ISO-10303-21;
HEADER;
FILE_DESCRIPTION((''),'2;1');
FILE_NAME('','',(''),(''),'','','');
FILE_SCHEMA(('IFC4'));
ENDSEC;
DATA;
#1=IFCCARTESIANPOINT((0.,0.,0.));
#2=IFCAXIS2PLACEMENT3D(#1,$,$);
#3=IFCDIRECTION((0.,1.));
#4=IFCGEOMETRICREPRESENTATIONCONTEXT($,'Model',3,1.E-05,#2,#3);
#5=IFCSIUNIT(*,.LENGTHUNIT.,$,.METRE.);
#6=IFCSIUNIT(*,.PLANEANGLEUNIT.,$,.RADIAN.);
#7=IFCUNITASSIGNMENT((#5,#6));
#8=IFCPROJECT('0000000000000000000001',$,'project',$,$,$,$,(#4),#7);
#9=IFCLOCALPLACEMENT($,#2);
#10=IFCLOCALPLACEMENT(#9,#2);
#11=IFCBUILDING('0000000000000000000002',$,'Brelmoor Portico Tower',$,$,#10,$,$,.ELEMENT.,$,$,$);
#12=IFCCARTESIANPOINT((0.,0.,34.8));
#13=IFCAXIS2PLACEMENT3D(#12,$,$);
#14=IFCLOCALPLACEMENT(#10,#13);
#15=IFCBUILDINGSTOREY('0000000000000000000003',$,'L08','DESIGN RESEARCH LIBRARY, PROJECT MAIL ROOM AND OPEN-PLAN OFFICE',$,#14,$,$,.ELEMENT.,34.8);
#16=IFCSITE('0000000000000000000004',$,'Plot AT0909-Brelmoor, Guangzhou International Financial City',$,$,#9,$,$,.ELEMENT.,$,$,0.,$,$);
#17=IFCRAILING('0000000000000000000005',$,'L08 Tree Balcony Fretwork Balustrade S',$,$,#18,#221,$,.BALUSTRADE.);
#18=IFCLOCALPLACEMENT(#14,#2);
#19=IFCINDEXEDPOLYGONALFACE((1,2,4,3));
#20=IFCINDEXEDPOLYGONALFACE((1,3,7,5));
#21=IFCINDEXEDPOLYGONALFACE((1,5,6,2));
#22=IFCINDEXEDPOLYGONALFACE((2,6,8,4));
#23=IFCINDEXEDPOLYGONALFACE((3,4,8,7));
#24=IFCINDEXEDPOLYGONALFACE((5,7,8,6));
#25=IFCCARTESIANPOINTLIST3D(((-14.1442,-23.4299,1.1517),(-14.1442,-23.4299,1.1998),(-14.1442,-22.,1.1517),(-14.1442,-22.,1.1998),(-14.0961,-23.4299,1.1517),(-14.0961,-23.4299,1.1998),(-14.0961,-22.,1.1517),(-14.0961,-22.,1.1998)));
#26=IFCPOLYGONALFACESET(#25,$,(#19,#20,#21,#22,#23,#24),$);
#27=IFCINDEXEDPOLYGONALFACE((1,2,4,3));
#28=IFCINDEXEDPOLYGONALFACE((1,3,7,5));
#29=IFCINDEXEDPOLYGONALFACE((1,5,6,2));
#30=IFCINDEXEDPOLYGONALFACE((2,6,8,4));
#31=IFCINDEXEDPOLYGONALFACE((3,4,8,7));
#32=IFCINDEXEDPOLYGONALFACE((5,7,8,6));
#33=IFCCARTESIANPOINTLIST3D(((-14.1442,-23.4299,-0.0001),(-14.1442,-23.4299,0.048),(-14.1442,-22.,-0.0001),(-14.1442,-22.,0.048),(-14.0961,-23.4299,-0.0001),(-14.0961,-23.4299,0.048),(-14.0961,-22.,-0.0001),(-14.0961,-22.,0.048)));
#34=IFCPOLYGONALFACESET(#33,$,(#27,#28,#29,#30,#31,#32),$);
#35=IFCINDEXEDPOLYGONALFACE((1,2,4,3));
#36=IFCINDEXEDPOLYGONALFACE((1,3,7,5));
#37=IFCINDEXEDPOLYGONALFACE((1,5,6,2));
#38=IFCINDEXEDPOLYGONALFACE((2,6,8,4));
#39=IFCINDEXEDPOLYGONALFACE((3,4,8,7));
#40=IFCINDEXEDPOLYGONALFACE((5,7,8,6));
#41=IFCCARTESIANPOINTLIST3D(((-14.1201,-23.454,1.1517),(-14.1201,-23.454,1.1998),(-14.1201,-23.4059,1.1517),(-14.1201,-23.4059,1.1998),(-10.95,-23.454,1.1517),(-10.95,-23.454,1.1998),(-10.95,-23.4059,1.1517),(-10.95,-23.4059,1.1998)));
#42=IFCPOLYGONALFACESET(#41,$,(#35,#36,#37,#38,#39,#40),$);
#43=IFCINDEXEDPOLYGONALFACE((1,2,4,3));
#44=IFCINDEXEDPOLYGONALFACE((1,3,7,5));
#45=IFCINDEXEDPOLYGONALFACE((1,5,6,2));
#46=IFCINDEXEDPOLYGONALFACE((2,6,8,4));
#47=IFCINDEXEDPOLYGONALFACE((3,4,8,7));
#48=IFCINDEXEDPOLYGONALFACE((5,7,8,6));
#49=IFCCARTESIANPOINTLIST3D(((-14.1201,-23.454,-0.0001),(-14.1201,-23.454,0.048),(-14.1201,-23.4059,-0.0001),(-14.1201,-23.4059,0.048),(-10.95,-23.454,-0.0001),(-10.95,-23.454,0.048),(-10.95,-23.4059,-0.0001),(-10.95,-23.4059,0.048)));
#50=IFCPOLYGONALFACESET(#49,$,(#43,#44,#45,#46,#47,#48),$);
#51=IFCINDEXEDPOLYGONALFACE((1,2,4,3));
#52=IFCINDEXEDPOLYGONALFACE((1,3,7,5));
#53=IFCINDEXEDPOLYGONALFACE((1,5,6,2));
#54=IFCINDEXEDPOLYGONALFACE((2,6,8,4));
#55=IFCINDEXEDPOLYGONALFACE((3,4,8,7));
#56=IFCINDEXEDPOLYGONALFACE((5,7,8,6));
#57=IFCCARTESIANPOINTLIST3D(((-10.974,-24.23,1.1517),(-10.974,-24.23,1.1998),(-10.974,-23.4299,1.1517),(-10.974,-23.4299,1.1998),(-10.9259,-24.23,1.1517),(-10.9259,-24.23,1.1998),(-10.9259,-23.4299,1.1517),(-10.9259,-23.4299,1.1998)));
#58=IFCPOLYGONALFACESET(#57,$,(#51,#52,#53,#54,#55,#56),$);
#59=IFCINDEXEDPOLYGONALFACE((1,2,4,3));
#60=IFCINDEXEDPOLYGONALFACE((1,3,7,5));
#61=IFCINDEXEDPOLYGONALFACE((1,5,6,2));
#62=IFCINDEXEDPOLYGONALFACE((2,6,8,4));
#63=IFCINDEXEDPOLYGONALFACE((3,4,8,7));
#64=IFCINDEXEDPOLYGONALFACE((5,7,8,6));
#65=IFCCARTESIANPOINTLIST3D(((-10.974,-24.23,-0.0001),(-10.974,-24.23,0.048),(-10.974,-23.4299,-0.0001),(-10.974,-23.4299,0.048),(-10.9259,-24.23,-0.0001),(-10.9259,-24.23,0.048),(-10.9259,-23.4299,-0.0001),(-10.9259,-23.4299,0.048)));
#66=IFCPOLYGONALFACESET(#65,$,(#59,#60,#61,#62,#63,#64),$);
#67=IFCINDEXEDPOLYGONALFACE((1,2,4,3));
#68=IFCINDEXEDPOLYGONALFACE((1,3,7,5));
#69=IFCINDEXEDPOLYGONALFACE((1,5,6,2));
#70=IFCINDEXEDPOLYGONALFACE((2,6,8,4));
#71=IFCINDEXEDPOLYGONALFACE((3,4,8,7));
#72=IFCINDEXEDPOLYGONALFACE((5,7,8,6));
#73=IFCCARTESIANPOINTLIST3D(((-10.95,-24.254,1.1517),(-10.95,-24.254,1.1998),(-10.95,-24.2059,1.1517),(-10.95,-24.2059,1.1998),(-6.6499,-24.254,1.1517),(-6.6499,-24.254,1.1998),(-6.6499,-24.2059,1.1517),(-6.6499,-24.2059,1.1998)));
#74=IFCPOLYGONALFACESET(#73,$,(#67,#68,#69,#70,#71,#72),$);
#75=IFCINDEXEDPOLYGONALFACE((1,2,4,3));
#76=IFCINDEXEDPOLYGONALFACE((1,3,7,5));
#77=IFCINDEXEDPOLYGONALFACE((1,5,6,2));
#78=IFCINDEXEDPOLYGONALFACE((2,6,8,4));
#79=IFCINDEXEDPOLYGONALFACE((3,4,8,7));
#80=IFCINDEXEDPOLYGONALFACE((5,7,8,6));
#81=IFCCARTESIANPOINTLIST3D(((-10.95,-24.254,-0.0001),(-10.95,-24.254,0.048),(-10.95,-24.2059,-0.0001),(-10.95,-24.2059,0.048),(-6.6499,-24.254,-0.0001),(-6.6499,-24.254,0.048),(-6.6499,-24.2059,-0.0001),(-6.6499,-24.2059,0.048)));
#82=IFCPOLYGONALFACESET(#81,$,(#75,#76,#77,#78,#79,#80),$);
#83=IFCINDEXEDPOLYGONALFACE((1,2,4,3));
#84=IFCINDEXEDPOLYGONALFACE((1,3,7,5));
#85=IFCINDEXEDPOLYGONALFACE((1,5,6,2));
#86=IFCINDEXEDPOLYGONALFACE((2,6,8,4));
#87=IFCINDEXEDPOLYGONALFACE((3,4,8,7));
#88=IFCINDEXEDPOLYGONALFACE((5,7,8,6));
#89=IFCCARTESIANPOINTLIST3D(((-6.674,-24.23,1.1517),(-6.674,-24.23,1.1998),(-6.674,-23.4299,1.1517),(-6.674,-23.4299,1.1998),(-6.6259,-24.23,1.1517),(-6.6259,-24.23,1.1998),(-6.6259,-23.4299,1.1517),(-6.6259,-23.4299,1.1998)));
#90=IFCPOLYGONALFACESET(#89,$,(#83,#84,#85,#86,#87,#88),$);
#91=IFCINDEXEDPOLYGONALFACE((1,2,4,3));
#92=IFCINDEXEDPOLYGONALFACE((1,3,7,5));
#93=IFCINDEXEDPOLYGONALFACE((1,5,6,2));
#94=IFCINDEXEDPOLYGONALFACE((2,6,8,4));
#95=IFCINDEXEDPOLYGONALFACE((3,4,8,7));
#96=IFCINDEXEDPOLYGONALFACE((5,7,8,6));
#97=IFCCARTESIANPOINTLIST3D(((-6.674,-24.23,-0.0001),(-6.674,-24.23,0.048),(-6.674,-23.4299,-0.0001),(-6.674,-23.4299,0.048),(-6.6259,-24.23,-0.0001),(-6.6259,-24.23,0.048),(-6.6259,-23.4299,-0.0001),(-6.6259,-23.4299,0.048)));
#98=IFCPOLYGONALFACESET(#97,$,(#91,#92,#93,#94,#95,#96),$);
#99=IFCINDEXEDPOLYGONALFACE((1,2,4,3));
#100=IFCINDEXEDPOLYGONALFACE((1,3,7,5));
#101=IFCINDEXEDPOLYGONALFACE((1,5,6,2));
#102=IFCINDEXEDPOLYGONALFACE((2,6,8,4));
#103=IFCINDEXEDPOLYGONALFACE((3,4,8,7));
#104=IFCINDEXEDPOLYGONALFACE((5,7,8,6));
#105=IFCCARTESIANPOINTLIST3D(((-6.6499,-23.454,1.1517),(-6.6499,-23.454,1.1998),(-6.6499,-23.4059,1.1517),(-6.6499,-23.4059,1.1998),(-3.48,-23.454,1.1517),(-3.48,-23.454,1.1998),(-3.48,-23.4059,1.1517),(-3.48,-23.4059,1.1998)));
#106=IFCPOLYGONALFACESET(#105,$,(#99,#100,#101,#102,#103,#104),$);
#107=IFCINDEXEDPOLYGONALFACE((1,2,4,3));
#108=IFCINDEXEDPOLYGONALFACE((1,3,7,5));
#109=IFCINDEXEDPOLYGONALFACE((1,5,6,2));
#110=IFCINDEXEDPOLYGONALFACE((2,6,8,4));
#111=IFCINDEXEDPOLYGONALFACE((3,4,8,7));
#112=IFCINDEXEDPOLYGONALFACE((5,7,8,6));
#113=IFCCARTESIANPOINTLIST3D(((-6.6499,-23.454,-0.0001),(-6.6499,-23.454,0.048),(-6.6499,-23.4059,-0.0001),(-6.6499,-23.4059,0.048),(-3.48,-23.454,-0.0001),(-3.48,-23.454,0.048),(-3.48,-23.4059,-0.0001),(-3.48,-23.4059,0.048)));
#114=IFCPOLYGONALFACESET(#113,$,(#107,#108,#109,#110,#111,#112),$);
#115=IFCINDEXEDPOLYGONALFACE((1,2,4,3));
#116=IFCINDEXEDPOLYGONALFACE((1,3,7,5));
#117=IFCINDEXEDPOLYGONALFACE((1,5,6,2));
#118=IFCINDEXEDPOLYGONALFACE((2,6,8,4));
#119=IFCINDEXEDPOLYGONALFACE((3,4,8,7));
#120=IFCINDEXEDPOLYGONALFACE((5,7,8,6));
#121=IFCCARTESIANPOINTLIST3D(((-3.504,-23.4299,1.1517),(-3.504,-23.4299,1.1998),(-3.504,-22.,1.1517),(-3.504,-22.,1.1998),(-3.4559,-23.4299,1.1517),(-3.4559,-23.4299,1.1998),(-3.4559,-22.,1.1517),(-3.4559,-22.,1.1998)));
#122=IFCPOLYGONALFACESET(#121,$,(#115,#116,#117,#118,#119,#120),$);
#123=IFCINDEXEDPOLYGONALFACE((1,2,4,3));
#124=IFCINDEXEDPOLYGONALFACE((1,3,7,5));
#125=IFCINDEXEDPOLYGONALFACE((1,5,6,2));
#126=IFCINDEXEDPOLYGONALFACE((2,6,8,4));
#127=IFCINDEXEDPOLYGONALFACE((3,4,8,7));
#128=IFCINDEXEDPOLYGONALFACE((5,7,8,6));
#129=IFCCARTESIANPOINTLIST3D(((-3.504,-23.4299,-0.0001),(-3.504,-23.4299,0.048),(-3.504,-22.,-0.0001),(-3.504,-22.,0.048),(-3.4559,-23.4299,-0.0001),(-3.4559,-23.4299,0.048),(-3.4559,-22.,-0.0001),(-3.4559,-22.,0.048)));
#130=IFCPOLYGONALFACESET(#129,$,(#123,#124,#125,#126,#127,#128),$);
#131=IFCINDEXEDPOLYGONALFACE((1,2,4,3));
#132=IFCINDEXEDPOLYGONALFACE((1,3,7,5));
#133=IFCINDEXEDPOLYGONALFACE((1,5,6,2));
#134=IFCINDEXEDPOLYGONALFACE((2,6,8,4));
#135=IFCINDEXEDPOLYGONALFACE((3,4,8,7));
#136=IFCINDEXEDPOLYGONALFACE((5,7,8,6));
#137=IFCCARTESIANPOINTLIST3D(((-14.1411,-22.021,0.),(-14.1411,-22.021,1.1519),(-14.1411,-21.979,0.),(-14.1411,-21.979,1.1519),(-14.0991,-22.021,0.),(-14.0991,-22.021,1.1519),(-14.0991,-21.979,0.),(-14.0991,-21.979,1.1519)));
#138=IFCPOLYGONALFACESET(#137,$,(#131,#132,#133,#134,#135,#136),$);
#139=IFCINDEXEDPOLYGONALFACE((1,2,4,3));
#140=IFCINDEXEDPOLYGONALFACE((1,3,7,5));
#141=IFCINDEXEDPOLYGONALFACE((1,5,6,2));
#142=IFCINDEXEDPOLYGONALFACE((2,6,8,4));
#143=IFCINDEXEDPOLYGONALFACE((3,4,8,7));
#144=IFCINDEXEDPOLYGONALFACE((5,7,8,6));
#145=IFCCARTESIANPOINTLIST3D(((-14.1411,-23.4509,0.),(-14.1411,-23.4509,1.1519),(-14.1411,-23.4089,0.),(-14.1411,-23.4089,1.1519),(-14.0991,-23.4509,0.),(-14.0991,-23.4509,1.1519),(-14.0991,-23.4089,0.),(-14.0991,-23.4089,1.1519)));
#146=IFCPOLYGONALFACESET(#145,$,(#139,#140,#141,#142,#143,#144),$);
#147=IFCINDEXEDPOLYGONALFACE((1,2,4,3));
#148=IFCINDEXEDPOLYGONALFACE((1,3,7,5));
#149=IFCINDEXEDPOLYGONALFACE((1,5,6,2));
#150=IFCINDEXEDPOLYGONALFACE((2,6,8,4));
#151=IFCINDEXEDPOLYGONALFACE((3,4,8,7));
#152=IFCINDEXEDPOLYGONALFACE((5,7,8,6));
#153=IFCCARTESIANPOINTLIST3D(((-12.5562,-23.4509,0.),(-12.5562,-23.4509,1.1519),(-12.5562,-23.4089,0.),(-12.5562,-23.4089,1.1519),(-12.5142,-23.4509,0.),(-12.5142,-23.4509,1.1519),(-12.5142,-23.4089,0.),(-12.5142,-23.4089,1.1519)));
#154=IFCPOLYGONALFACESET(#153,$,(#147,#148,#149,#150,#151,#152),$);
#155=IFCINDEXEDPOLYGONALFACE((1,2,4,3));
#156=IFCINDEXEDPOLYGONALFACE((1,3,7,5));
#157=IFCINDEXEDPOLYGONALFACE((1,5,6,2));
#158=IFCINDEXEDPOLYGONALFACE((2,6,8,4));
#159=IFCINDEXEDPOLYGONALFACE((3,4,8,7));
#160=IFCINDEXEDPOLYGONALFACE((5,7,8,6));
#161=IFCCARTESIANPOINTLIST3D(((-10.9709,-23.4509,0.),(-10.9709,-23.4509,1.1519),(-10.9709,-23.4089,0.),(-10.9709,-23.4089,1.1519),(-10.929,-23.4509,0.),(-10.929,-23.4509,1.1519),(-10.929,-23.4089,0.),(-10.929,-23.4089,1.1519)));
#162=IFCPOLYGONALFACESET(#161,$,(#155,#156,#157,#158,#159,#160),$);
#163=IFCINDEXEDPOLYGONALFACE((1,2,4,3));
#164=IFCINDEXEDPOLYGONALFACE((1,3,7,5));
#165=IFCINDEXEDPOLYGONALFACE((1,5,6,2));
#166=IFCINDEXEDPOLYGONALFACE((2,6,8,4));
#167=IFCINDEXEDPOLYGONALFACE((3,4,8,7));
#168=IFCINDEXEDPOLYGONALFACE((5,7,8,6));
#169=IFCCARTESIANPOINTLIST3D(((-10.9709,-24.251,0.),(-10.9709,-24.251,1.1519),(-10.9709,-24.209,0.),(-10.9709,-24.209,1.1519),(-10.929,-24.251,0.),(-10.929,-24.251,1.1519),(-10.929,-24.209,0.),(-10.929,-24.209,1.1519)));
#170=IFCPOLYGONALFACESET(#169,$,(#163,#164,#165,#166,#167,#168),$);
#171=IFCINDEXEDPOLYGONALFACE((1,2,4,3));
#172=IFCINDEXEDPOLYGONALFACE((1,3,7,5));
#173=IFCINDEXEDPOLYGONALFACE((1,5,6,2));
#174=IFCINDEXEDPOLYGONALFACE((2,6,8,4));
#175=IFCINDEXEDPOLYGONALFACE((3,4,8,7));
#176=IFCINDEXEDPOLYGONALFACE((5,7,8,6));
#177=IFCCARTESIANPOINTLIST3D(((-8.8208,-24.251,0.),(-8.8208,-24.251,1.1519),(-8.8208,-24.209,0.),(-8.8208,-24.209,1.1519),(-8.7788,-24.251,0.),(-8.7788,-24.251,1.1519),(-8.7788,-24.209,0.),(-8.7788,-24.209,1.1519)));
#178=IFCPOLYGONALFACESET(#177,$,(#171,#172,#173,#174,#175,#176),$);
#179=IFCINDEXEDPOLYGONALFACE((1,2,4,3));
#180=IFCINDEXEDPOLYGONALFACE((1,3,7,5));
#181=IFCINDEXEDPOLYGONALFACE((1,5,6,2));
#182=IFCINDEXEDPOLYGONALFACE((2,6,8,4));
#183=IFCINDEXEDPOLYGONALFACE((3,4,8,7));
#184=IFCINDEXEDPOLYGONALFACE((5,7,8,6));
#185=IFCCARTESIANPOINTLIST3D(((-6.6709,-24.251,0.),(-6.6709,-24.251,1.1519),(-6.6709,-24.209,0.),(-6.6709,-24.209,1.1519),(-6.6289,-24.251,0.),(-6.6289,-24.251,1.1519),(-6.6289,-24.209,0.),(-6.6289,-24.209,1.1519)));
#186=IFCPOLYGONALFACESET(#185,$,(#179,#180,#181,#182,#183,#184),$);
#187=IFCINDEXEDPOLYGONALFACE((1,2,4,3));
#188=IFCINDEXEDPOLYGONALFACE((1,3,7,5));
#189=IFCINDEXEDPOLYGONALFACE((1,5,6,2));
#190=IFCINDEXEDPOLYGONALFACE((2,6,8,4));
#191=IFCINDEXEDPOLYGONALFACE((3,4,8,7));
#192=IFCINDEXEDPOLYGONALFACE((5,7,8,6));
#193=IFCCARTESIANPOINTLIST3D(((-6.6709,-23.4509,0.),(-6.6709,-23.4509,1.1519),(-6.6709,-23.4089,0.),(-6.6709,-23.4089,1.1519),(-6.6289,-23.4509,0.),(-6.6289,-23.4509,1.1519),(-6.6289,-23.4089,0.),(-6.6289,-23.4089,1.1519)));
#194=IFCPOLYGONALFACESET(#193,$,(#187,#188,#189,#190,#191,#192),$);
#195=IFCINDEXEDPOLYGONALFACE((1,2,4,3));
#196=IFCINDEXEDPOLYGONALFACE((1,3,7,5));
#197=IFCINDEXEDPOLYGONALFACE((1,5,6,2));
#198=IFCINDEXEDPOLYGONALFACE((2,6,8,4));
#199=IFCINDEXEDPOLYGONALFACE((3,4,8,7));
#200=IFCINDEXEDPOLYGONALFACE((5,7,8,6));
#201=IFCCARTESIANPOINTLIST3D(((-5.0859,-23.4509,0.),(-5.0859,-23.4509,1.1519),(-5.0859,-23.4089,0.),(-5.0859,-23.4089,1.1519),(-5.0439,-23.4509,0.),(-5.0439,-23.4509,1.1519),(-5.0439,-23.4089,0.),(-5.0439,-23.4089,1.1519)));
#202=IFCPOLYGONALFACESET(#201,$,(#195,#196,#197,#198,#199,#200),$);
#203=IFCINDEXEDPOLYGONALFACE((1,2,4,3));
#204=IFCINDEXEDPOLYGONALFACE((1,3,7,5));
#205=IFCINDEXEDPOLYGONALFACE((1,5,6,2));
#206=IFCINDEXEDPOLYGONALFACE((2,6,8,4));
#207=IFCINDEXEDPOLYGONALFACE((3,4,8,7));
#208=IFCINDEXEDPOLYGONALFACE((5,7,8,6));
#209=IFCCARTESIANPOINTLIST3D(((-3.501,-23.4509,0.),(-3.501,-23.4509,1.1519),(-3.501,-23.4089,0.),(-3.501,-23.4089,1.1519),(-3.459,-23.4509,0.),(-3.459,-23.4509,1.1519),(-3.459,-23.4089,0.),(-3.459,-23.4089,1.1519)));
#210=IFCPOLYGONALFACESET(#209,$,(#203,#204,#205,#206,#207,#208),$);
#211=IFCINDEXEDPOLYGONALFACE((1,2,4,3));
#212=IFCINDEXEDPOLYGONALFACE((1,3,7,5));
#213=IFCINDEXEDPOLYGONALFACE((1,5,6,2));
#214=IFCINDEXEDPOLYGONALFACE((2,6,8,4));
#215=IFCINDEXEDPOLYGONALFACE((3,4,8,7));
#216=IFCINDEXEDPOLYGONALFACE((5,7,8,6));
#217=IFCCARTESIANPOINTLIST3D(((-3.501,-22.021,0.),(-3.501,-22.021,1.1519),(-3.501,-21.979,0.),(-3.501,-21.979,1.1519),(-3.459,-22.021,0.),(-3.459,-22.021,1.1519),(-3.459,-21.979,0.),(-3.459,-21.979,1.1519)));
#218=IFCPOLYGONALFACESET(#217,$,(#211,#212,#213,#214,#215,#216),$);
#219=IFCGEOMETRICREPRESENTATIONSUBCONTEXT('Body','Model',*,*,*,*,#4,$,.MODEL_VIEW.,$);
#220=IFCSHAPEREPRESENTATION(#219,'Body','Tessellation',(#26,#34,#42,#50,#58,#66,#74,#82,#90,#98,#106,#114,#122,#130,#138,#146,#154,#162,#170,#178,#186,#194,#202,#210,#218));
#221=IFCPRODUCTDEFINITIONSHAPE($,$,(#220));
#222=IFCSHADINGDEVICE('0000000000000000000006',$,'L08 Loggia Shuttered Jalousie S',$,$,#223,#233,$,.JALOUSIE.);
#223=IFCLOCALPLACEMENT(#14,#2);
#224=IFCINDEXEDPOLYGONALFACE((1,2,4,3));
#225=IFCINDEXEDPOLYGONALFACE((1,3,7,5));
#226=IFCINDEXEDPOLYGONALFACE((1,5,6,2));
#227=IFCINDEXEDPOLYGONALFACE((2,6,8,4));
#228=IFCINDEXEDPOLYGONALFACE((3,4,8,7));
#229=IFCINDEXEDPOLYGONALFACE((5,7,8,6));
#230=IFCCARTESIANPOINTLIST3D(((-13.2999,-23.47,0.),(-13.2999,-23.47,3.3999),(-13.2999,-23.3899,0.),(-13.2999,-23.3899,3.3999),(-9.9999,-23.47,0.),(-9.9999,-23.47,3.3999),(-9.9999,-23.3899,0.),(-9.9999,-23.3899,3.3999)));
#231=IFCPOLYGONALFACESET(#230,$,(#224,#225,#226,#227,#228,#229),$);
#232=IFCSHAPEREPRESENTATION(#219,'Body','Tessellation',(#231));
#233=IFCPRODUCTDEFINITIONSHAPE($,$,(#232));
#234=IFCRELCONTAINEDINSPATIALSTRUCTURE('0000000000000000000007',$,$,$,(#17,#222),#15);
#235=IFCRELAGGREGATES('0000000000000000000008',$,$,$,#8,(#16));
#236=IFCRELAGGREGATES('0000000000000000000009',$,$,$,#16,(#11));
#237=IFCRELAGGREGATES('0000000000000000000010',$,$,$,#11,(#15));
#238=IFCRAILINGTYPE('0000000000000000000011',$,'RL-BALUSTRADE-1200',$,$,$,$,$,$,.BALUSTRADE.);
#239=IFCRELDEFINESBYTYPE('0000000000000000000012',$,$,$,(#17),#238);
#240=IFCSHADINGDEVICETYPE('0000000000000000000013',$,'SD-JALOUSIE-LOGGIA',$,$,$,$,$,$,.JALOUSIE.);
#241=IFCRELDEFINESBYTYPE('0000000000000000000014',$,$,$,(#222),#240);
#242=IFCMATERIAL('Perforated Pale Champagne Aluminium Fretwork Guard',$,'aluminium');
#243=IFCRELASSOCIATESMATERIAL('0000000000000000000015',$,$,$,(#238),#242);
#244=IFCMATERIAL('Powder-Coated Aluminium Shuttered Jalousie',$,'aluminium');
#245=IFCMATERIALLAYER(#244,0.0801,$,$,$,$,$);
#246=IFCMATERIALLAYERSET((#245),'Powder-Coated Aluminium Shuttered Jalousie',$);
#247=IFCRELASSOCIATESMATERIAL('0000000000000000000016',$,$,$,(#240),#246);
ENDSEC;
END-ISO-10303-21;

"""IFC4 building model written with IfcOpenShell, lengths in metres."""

from ifc_helpers import new_model, si_unit, direction, frame, origin, origin_2d, place, context, subcontext, project, spatial, rectangle, extrude, material, layer, layer_set, type_object, element, save


model = new_model("IFC4")

# Units and contexts
model_context = context("Model", 3, precision=1e-05, world=origin(), true_north=direction((0.0, 1.0)))
body_context = subcontext(model_context, "Body", "Model", "MODEL_VIEW")
ifc_project = project(units=[si_unit("LENGTHUNIT", "METRE"), si_unit("PLANEANGLEUNIT", "RADIAN")], contexts=[model_context])

# Site, building, storey
site_placement = place(None, origin())
site = spatial("IfcSite", under=ifc_project, at=site_placement, Name="Plot AT0909-Brelmoor, Guangzhou International Financial City", CompositionType="ELEMENT", RefElevation=0.0)
building_placement = place(site_placement, origin())
building = spatial("IfcBuilding", under=site, at=building_placement, Name="Brelmoor Portico Tower", CompositionType="ELEMENT")
storey_placement = place(building_placement, frame((0.0, 0.0, 34.8)))
storey = spatial("IfcBuildingStorey", under=building, at=storey_placement, Name="L08", Description="DESIGN RESEARCH LIBRARY, PROJECT MAIL ROOM AND OPEN-PLAN OFFICE", CompositionType="ELEMENT", Elevation=34.8)

# Railing
ifc_material_1 = material(Name="Perforated Pale Champagne Aluminium Fretwork Guard", Category="aluminium")
railing_type = type_object("IfcRailingType", Name="RL-BALUSTRADE-1200", PredefinedType="BALUSTRADE", material=ifc_material_1)
railing_placement = place(storey_placement, frame((-14.1201, -22.0, 0.0)))
element("IfcRailing", 1, at=railing_placement, inside=storey, type_object=railing_type, Name="L08 Tree Balcony Fretwork Balustrade S", PredefinedType="BALUSTRADE", context=body_context, shape_type="SweptSolid", body=[
    extrude(rectangle(XDim=0.0481, YDim=0.0481, at=origin_2d()), frame((0.0, 0.0, 1.1758), z_axis=(0.0, -1.0, 0.0), x_axis=(1.0, 0.0, 0.0)), (0.0, 0.0, 1.0), 1.4299),
    extrude(rectangle(XDim=0.0481, YDim=0.0481, at=origin_2d()), frame((0.0, 0.0, 0.0239), z_axis=(0.0, -1.0, 0.0), x_axis=(1.0, 0.0, 0.0)), (0.0, 0.0, 1.0), 1.4299),
    extrude(rectangle(XDim=0.0481, YDim=0.0481, at=origin_2d()), frame((0.0, -1.4299, 1.1758), z_axis=(1.0, 0.0, 0.0), x_axis=(0.0, 1.0, 0.0)), (0.0, 0.0, 1.0), 3.1702),
    extrude(rectangle(XDim=0.0481, YDim=0.0481, at=origin_2d()), frame((0.0, -1.4299, 0.0239), z_axis=(1.0, 0.0, 0.0), x_axis=(0.0, 1.0, 0.0)), (0.0, 0.0, 1.0), 3.1702),
    extrude(rectangle(XDim=0.0481, YDim=0.0481, at=origin_2d()), frame((3.1702, -1.4299, 1.1758), z_axis=(0.0, -1.0, 0.0), x_axis=(1.0, 0.0, 0.0)), (0.0, 0.0, 1.0), 0.8),
    extrude(rectangle(XDim=0.0481, YDim=0.0481, at=origin_2d()), frame((3.1702, -1.4299, 0.0239), z_axis=(0.0, -1.0, 0.0), x_axis=(1.0, 0.0, 0.0)), (0.0, 0.0, 1.0), 0.8),
    extrude(rectangle(XDim=0.0481, YDim=0.0481, at=origin_2d()), frame((3.1702, -2.23, 1.1758), z_axis=(1.0, 0.0, 0.0), x_axis=(0.0, 1.0, 0.0)), (0.0, 0.0, 1.0), 4.3),
    extrude(rectangle(XDim=0.0481, YDim=0.0481, at=origin_2d()), frame((3.1702, -2.23, 0.0239), z_axis=(1.0, 0.0, 0.0), x_axis=(0.0, 1.0, 0.0)), (0.0, 0.0, 1.0), 4.3),
    extrude(rectangle(XDim=0.0481, YDim=0.0481, at=origin_2d()), frame((7.4702, -2.23, 1.1758), z_axis=(0.0, 1.0, 0.0), x_axis=(-1.0, 0.0, 0.0)), (0.0, 0.0, 1.0), 0.8),
    extrude(rectangle(XDim=0.0481, YDim=0.0481, at=origin_2d()), frame((7.4702, -2.23, 0.0239), z_axis=(0.0, 1.0, 0.0), x_axis=(-1.0, 0.0, 0.0)), (0.0, 0.0, 1.0), 0.8),
    extrude(rectangle(XDim=0.0481, YDim=0.0481, at=origin_2d()), frame((7.4702, -1.4299, 1.1758), z_axis=(1.0, 0.0, 0.0), x_axis=(0.0, 1.0, 0.0)), (0.0, 0.0, 1.0), 3.1699),
    extrude(rectangle(XDim=0.0481, YDim=0.0481, at=origin_2d()), frame((7.4702, -1.4299, 0.0239), z_axis=(1.0, 0.0, 0.0), x_axis=(0.0, 1.0, 0.0)), (0.0, 0.0, 1.0), 3.1699),
    extrude(rectangle(XDim=0.0481, YDim=0.0481, at=origin_2d()), frame((10.6401, -1.4299, 1.1758), z_axis=(0.0, 1.0, 0.0), x_axis=(-1.0, 0.0, 0.0)), (0.0, 0.0, 1.0), 1.4299),
    extrude(rectangle(XDim=0.0481, YDim=0.0481, at=origin_2d()), frame((10.6401, -1.4299, 0.0239), z_axis=(0.0, 1.0, 0.0), x_axis=(-1.0, 0.0, 0.0)), (0.0, 0.0, 1.0), 1.4299),
    extrude(rectangle(XDim=0.042, YDim=0.042, at=origin_2d()), origin(), (0.0, 0.0, 1.0), 1.1519),
    extrude(rectangle(XDim=0.042, YDim=0.042, at=origin_2d()), frame((0.0, -1.4299, 0.0)), (0.0, 0.0, 1.0), 1.1519),
    extrude(rectangle(XDim=0.042, YDim=0.042, at=origin_2d()), frame((1.585, -1.4299, 0.0)), (0.0, 0.0, 1.0), 1.1519),
    extrude(rectangle(XDim=0.042, YDim=0.042, at=origin_2d()), frame((3.1702, -1.4299, 0.0)), (0.0, 0.0, 1.0), 1.1519),
    extrude(rectangle(XDim=0.042, YDim=0.042, at=origin_2d()), frame((3.1702, -2.23, 0.0)), (0.0, 0.0, 1.0), 1.1519),
    extrude(rectangle(XDim=0.042, YDim=0.042, at=origin_2d()), frame((5.3203, -2.23, 0.0)), (0.0, 0.0, 1.0), 1.1519),
    extrude(rectangle(XDim=0.042, YDim=0.042, at=origin_2d()), frame((7.4702, -2.23, 0.0)), (0.0, 0.0, 1.0), 1.1519),
    extrude(rectangle(XDim=0.042, YDim=0.042, at=origin_2d()), frame((7.4702, -1.4299, 0.0)), (0.0, 0.0, 1.0), 1.1519),
    extrude(rectangle(XDim=0.042, YDim=0.042, at=origin_2d()), frame((9.0552, -1.4299, 0.0)), (0.0, 0.0, 1.0), 1.1519),
    extrude(rectangle(XDim=0.042, YDim=0.042, at=origin_2d()), frame((10.6401, -1.4299, 0.0)), (0.0, 0.0, 1.0), 1.1519),
    extrude(rectangle(XDim=0.042, YDim=0.042, at=origin_2d()), frame((10.6401, 0.0, 0.0)), (0.0, 0.0, 1.0), 1.1519),
])

# Shading device
ifc_material_2 = material(Name="Powder-Coated Aluminium Shuttered Jalousie", Category="aluminium")
ifc_layer_1 = layer(ifc_material_2, 0.0801)
ifc_layer_set_1 = layer_set([ifc_layer_1], Name="Powder-Coated Aluminium Shuttered Jalousie")
shading_device_type = type_object("IfcShadingDeviceType", Name="SD-JALOUSIE-LOGGIA", PredefinedType="JALOUSIE", material=ifc_layer_set_1)
shading_device_placement = place(storey_placement, frame((-11.6499, -23.4299, 0.0), z_axis=(0.0, 0.0, 1.0), x_axis=(1.0, 0.0, 0.0)))
element("IfcShadingDevice", 2, at=shading_device_placement, inside=storey, type_object=shading_device_type, Name="L08 Loggia Shuttered Jalousie S", PredefinedType="JALOUSIE", context=body_context, shape_type="SweptSolid", body=[
    extrude(rectangle(XDim=3.3, YDim=0.0801, at=origin_2d()), origin(), (0.0, 0.0, 1.0), 3.3999),
])

save(model, "model.ifc")
